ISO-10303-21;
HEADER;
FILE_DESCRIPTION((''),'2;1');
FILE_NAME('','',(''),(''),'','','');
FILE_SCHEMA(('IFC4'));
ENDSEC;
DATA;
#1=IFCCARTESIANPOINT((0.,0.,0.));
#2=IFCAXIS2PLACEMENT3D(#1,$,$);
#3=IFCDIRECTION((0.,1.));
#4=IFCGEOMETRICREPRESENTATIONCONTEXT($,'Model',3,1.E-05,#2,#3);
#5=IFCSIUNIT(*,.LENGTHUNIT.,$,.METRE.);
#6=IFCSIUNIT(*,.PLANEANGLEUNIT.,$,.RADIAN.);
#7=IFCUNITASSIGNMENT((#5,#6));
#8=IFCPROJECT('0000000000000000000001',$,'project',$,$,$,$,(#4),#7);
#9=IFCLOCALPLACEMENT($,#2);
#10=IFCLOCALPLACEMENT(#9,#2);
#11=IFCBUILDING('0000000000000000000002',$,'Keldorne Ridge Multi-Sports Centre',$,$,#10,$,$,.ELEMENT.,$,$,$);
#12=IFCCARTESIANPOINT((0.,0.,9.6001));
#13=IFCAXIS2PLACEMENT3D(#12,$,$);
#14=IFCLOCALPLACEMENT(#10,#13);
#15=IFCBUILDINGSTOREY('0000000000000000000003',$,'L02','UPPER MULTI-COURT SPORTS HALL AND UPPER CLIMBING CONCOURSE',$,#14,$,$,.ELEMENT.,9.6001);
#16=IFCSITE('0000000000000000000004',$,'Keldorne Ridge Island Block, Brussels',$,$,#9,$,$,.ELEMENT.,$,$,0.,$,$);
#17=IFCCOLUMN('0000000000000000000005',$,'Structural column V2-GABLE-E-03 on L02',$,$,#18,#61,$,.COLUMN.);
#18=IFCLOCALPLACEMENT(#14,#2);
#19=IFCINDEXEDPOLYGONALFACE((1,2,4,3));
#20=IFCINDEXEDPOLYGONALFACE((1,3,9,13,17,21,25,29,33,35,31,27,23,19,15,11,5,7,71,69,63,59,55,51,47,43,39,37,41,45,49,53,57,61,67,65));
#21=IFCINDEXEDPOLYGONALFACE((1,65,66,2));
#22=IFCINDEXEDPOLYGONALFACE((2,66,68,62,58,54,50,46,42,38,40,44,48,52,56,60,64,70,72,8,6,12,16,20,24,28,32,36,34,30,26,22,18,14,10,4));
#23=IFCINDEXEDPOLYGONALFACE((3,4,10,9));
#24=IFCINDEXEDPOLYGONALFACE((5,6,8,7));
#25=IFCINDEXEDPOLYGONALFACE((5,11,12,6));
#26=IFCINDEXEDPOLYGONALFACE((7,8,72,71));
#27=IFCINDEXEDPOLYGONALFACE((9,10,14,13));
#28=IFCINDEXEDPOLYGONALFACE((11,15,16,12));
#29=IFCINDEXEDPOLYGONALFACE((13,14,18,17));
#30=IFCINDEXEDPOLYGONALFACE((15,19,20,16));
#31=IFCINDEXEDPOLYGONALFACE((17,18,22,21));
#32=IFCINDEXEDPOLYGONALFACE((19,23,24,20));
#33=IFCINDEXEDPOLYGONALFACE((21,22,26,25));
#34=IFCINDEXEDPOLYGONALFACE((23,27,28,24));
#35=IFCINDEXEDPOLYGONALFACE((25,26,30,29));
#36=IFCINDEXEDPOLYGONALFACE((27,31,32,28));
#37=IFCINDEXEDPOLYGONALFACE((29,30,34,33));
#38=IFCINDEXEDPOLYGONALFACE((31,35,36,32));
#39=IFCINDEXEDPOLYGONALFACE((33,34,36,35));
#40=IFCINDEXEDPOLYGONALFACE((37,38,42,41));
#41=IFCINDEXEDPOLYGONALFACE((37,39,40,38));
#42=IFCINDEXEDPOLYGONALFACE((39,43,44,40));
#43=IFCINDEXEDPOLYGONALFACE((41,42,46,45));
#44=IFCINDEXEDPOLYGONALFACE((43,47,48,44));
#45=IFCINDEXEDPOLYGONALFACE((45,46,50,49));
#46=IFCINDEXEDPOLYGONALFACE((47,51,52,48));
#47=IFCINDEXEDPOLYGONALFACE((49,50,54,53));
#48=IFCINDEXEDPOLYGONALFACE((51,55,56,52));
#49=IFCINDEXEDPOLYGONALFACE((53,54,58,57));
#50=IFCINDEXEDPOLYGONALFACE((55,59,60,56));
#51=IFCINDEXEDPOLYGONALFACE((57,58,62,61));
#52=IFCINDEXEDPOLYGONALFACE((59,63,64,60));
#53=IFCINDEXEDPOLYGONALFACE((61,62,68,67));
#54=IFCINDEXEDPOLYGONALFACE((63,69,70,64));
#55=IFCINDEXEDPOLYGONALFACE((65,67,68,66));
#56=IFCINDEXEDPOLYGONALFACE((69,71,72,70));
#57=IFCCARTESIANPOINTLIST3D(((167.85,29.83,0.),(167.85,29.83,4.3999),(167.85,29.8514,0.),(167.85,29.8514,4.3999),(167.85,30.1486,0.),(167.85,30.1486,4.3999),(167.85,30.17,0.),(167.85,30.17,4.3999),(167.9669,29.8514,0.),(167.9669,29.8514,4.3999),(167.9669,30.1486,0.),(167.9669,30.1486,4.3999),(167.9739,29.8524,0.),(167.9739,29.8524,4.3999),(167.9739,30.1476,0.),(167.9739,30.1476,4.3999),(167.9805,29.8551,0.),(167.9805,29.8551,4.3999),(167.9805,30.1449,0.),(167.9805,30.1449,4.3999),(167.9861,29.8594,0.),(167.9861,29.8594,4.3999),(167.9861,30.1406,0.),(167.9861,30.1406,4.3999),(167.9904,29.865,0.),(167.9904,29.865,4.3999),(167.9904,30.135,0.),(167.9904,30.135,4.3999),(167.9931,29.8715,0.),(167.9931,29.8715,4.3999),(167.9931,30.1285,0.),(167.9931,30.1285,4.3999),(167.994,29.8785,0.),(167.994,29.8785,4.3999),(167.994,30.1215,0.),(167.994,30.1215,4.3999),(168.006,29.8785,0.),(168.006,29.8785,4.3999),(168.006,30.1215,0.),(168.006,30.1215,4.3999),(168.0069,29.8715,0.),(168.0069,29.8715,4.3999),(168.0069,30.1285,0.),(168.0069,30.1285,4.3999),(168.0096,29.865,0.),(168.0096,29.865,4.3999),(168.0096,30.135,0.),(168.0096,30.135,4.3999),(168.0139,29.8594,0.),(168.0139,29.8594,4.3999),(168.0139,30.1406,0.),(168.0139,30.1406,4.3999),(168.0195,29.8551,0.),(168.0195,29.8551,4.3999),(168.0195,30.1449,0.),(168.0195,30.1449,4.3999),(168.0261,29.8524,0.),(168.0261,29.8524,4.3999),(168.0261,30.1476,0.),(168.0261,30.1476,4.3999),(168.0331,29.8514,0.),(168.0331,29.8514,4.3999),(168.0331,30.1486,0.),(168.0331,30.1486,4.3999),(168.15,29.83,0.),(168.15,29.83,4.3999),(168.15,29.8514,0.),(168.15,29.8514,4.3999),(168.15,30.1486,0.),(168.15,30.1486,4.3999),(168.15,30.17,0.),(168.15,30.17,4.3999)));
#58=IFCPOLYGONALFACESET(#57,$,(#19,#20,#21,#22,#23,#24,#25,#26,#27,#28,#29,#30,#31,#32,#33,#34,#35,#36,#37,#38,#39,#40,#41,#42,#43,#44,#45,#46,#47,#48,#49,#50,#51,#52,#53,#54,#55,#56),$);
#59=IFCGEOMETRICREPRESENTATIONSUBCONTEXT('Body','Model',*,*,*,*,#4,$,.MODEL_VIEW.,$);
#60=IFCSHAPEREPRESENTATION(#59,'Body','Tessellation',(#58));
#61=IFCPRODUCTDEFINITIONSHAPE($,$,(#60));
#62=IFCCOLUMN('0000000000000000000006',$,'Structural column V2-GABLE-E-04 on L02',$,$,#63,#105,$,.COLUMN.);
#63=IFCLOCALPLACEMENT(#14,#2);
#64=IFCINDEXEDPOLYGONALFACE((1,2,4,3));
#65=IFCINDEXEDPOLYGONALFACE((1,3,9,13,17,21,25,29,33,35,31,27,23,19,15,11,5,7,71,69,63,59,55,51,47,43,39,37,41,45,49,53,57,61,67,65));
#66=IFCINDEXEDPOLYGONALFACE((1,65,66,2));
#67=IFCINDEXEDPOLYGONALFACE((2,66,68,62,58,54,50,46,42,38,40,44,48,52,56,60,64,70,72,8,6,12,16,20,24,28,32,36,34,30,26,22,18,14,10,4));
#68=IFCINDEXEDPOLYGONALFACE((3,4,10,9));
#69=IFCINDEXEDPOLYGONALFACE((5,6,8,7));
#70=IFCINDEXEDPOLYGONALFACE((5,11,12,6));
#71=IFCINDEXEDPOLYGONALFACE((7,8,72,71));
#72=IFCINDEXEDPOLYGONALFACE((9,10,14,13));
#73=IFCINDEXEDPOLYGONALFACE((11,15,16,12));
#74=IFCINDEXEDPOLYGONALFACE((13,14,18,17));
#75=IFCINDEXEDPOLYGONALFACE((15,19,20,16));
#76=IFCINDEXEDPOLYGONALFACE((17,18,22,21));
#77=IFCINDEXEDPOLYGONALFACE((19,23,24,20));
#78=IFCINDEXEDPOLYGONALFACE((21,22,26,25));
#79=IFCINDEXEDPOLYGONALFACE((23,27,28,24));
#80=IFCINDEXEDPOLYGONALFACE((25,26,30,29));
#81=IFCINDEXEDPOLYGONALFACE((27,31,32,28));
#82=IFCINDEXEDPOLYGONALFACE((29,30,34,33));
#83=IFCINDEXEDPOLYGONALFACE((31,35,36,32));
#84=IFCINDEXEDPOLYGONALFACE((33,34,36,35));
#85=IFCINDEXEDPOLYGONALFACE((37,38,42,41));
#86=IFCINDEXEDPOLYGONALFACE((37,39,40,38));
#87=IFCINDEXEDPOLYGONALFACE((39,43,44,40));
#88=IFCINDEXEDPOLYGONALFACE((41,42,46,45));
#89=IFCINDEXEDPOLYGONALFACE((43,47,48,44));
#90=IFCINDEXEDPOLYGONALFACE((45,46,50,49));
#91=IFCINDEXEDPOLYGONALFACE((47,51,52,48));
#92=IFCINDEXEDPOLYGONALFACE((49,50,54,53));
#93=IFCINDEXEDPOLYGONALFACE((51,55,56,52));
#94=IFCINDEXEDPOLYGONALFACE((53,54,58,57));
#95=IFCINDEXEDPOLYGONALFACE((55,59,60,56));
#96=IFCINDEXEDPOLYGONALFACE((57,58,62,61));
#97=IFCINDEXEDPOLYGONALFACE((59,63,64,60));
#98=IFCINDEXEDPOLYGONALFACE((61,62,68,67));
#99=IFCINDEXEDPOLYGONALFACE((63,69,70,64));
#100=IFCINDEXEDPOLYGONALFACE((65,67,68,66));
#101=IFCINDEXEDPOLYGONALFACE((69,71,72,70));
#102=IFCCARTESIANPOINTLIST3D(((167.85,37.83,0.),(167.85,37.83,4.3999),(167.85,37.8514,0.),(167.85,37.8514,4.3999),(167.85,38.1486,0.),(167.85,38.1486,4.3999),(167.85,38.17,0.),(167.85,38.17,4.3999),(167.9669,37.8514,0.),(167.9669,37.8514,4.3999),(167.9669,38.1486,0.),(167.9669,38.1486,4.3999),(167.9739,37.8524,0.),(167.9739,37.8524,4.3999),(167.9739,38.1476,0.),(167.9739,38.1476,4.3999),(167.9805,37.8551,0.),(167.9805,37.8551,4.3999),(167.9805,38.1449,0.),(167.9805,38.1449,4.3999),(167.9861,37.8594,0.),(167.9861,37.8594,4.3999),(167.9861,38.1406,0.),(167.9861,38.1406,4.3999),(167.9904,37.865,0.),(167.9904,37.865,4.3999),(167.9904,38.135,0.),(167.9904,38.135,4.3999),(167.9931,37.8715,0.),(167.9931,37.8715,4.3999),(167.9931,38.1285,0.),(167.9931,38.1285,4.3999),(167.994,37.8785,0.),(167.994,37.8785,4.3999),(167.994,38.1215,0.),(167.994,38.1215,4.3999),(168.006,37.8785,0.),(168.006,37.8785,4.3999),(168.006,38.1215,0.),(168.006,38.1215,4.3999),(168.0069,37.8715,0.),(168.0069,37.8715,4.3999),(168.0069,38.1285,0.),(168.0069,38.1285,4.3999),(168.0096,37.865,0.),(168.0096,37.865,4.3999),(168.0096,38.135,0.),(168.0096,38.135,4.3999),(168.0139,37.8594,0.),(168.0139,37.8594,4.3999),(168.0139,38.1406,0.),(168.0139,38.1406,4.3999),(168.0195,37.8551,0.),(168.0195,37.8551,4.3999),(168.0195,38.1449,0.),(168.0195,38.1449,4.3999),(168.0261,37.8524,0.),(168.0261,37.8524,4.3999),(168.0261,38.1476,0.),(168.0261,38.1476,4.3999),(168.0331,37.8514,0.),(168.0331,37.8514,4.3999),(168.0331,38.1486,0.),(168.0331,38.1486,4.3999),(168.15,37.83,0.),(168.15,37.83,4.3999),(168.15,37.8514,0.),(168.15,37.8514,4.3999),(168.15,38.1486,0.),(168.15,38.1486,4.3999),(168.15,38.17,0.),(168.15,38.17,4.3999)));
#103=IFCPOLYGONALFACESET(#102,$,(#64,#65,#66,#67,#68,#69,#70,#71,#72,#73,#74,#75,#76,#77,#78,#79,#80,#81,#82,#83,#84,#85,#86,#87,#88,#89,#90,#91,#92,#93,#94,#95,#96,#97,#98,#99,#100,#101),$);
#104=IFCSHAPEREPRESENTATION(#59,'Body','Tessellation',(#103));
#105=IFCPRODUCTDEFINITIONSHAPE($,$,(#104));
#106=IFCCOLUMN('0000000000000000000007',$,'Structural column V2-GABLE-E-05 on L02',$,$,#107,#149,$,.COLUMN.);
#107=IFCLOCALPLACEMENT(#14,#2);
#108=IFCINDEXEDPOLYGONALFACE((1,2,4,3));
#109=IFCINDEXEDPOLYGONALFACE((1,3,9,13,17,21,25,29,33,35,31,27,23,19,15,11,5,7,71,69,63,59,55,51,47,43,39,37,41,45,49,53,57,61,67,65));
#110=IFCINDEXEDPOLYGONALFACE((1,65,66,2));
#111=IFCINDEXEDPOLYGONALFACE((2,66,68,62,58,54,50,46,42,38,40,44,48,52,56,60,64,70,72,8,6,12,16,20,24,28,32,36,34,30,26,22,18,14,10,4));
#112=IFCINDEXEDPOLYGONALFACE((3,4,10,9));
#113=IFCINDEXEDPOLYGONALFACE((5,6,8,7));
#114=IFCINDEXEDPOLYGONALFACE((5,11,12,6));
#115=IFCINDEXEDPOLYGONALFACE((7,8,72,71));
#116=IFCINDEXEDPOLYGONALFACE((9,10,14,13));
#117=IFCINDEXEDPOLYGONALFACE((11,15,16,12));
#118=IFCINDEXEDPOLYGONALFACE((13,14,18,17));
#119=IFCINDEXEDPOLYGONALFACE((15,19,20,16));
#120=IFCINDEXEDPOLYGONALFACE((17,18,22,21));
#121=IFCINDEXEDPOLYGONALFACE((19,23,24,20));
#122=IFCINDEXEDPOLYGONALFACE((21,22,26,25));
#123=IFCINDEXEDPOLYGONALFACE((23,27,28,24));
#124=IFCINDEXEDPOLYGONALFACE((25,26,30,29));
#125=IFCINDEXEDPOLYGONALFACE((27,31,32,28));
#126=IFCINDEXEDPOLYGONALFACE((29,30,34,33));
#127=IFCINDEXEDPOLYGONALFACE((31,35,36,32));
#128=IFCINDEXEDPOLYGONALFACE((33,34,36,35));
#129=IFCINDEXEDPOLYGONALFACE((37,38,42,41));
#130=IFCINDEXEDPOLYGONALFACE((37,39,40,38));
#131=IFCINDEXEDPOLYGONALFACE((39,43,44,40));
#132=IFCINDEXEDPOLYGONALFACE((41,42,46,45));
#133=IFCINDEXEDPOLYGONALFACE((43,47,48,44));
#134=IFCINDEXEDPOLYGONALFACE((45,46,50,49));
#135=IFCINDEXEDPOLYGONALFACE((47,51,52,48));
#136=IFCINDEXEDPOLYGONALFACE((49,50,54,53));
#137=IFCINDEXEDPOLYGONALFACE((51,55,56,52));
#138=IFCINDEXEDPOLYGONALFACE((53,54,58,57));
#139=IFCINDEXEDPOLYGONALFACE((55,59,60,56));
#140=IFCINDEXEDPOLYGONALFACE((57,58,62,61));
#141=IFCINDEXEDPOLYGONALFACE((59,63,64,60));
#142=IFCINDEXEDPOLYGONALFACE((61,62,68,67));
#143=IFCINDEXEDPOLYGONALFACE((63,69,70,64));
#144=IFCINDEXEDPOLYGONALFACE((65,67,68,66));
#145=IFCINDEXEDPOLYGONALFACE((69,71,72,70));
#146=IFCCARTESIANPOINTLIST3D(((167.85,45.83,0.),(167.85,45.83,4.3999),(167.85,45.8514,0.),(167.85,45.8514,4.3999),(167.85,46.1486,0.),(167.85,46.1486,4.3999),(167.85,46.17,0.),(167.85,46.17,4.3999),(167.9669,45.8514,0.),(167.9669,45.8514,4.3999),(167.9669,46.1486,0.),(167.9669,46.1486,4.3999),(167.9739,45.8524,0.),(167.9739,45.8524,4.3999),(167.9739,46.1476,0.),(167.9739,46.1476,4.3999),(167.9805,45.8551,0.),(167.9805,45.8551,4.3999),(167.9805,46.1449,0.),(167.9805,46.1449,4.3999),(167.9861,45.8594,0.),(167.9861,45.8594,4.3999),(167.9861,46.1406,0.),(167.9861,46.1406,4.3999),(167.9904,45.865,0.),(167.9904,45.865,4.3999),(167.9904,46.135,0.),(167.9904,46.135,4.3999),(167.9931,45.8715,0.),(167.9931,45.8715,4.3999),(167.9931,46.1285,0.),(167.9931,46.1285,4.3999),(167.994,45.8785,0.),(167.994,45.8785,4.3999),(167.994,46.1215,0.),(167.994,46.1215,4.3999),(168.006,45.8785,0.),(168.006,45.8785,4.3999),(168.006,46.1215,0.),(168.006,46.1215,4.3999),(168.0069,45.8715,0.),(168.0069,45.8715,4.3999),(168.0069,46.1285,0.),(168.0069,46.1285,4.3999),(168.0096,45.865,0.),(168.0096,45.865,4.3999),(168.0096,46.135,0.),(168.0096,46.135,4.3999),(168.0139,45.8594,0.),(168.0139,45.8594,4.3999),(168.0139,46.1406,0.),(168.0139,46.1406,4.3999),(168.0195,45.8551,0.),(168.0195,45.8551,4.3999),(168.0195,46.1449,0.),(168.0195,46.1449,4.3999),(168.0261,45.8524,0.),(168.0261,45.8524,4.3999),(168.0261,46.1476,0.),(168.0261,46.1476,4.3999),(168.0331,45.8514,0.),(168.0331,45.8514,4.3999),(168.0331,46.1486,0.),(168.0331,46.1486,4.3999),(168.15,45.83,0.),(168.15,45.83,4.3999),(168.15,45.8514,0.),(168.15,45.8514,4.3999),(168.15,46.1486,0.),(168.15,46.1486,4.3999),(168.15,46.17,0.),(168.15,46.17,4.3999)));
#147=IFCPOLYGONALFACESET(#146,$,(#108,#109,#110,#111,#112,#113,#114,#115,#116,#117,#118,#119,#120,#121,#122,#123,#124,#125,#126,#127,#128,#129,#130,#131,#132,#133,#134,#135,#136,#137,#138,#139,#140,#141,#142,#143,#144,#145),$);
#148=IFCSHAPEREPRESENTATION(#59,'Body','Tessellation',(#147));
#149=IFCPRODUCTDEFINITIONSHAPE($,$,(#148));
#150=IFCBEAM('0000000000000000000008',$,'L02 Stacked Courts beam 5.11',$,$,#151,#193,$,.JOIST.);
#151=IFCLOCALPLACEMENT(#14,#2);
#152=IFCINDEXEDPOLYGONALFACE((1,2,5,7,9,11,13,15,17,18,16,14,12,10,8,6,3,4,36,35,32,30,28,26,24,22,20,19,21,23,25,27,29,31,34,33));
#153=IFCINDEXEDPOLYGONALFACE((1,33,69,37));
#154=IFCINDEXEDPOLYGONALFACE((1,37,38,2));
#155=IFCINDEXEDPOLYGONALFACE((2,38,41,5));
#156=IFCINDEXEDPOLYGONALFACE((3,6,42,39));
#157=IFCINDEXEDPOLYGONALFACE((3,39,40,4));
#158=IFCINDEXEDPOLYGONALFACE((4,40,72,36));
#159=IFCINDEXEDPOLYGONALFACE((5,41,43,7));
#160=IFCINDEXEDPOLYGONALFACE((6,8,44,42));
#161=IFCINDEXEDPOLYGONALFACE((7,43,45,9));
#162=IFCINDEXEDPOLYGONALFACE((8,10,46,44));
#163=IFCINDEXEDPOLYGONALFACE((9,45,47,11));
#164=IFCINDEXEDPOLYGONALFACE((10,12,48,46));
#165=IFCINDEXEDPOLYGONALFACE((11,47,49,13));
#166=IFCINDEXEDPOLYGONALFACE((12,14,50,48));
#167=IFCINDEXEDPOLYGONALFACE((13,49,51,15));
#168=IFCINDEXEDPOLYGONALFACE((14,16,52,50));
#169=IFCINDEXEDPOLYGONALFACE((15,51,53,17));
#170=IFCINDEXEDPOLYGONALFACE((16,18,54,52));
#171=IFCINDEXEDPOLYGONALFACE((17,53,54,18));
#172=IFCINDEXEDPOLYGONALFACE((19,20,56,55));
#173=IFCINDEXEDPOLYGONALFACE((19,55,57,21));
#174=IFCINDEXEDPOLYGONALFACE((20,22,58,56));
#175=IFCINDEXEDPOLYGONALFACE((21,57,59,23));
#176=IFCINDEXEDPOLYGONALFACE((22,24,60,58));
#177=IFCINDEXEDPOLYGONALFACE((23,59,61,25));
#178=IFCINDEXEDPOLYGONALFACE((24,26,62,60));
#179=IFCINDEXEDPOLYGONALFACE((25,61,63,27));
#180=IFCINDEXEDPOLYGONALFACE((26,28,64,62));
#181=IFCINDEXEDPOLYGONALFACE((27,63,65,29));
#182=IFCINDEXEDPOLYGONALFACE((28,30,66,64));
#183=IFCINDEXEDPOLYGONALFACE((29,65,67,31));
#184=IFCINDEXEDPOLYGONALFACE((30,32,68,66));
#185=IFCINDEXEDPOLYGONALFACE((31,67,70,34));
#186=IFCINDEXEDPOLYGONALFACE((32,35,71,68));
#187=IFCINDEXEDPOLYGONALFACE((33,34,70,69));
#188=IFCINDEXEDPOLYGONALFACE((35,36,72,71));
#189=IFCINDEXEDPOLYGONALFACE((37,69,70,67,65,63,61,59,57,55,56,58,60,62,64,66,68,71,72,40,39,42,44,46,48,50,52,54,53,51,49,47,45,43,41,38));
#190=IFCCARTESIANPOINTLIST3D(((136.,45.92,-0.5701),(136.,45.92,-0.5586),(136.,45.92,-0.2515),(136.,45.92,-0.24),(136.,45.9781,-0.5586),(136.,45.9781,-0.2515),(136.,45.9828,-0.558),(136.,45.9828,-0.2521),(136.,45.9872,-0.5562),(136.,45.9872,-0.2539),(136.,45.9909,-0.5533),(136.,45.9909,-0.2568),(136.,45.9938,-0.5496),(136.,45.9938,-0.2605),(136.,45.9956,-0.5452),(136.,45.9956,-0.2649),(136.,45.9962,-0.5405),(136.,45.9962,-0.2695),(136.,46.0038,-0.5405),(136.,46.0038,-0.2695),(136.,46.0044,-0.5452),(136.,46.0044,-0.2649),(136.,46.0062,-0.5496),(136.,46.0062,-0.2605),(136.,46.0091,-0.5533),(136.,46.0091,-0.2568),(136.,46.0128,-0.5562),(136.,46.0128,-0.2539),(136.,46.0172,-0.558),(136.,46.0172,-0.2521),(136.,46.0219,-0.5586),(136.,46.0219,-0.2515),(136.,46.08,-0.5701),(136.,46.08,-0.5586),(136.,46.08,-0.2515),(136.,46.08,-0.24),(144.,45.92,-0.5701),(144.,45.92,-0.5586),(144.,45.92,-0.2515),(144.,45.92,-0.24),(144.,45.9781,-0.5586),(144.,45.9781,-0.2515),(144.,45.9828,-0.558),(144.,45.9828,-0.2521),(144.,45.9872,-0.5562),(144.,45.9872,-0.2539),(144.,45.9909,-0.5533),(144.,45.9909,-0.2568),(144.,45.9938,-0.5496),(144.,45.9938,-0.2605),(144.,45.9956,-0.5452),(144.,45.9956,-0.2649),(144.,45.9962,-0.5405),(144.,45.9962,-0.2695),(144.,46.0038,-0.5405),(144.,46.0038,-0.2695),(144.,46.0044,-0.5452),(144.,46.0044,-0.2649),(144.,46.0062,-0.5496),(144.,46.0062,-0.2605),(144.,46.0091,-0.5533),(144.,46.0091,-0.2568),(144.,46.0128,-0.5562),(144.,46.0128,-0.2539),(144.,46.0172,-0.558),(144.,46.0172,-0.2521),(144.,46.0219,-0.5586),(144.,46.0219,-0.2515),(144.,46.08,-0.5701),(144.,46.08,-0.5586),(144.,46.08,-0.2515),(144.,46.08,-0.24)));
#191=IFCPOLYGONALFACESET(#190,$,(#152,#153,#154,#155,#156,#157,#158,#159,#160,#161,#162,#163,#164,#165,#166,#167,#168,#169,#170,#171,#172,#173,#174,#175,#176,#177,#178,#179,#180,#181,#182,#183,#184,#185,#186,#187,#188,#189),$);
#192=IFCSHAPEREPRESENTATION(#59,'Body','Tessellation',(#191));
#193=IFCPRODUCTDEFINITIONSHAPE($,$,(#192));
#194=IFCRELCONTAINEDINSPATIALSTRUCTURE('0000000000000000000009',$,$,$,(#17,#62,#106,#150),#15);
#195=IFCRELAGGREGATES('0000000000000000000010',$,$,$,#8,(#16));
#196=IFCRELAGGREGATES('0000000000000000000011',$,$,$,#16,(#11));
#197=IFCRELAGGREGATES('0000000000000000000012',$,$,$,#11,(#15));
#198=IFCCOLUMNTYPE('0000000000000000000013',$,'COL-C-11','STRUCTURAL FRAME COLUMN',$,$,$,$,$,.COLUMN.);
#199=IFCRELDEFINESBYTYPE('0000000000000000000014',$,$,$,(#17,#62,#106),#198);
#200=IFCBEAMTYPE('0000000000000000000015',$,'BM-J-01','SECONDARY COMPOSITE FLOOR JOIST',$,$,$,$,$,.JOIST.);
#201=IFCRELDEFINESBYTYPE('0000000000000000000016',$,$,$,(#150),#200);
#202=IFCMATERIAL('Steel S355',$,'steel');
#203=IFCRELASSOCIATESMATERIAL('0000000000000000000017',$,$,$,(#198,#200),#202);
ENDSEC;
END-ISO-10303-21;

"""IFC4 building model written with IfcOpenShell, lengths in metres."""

from ifc_helpers import new_model, si_unit, direction, frame, origin, origin_2d, place, context, subcontext, project, spatial, i_section, extrude, material, material_profile, profile_set, type_object, element, save


model = new_model("IFC4")

# Units and contexts
model_context = context("Model", 3, precision=1e-05, world=origin(), true_north=direction((0.0, 1.0)))
body_context = subcontext(model_context, "Body", "Model", "MODEL_VIEW")
ifc_project = project(units=[si_unit("LENGTHUNIT", "METRE"), si_unit("PLANEANGLEUNIT", "RADIAN")], contexts=[model_context])

# Site, building, storey
site_placement = place(None, origin())
site = spatial("IfcSite", under=ifc_project, at=site_placement, Name="Keldorne Ridge Island Block, Brussels", CompositionType="ELEMENT", RefElevation=0.0)
building_placement = place(site_placement, origin())
building = spatial("IfcBuilding", under=site, at=building_placement, Name="Keldorne Ridge Multi-Sports Centre", CompositionType="ELEMENT")
storey_placement = place(building_placement, frame((0.0, 0.0, 9.6001)))
storey = spatial("IfcBuildingStorey", under=building, at=storey_placement, Name="L02", Description="UPPER MULTI-COURT SPORTS HALL AND UPPER CLIMBING CONCOURSE", CompositionType="ELEMENT", Elevation=9.6001)

# Columns
ifc_material_1 = material(Name="Steel S355", Category="steel")
ifc_material_profile_1 = material_profile(ifc_material_1, i_section(OverallWidth=0.3, OverallDepth=0.3401, WebThickness=0.012, FlangeThickness=0.0215, FilletRadius=0.0271, at=origin_2d()), Name="HEB 340")
ifc_profile_set_1 = profile_set([ifc_material_profile_1], Name="Steel S355")
column_type = type_object("IfcColumnType", Name="COL-C-11", Description="STRUCTURAL FRAME COLUMN", PredefinedType="COLUMN", material=ifc_profile_set_1)
for number, where, z_axis, x_axis, name in (
    (1, (168.0, 30.0, 0.0), (0.0, 0.0, 1.0), (1.0, 0.0, 0.0), "Structural column V2-GABLE-E-03 on L02"),
    (2, (168.0, 38.0, 0.0), (0.0, 0.0, 1.0), (1.0, 0.0, 0.0), "Structural column V2-GABLE-E-04 on L02"),
    (3, (168.0, 46.0, 0.0), (0.0, 0.0, 1.0), (1.0, 0.0, 0.0), "Structural column V2-GABLE-E-05 on L02"),
):
    element("IfcColumn", number, at=place(storey_placement, frame(where, z_axis=z_axis, x_axis=x_axis)), inside=storey, type_object=column_type, Name=name, PredefinedType="COLUMN", context=body_context, shape_type="SweptSolid", body=[
        extrude(i_section(OverallWidth=0.3, OverallDepth=0.3401, WebThickness=0.012, FlangeThickness=0.0215, FilletRadius=0.0271, at=origin_2d()), origin(), (0.0, 0.0, 1.0), 4.3999),
    ])

# Beam
ifc_material_profile_2 = material_profile(ifc_material_1, i_section(OverallWidth=0.1599, OverallDepth=0.3301, WebThickness=0.0076, FlangeThickness=0.0115, FilletRadius=0.0181, at=origin_2d()), Name="IPE 330")
ifc_profile_set_2 = profile_set([ifc_material_profile_2], Name="Steel S355")
beam_type_1 = type_object("IfcBeamType", Name="BM-J-01", Description="SECONDARY COMPOSITE FLOOR JOIST", PredefinedType="JOIST", material=ifc_profile_set_2)
for number, where, z_axis, x_axis, name in (
    (4, (136.0, 46.0, -0.405), (1.0, 0.0, 0.0), (0.0, 1.0, 0.0), "L02 Stacked Courts beam 5.11"),
):
    element("IfcBeam", number, at=place(storey_placement, frame(where, z_axis=z_axis, x_axis=x_axis)), inside=storey, type_object=beam_type_1, Name=name, PredefinedType="JOIST", context=body_context, shape_type="SweptSolid", body=[
        extrude(i_section(OverallWidth=0.1599, OverallDepth=0.3301, WebThickness=0.0076, FlangeThickness=0.0115, FilletRadius=0.0181, at=origin_2d()), origin(), (0.0, 0.0, 1.0), 8.0),
    ])

save(model, "model.ifc")
